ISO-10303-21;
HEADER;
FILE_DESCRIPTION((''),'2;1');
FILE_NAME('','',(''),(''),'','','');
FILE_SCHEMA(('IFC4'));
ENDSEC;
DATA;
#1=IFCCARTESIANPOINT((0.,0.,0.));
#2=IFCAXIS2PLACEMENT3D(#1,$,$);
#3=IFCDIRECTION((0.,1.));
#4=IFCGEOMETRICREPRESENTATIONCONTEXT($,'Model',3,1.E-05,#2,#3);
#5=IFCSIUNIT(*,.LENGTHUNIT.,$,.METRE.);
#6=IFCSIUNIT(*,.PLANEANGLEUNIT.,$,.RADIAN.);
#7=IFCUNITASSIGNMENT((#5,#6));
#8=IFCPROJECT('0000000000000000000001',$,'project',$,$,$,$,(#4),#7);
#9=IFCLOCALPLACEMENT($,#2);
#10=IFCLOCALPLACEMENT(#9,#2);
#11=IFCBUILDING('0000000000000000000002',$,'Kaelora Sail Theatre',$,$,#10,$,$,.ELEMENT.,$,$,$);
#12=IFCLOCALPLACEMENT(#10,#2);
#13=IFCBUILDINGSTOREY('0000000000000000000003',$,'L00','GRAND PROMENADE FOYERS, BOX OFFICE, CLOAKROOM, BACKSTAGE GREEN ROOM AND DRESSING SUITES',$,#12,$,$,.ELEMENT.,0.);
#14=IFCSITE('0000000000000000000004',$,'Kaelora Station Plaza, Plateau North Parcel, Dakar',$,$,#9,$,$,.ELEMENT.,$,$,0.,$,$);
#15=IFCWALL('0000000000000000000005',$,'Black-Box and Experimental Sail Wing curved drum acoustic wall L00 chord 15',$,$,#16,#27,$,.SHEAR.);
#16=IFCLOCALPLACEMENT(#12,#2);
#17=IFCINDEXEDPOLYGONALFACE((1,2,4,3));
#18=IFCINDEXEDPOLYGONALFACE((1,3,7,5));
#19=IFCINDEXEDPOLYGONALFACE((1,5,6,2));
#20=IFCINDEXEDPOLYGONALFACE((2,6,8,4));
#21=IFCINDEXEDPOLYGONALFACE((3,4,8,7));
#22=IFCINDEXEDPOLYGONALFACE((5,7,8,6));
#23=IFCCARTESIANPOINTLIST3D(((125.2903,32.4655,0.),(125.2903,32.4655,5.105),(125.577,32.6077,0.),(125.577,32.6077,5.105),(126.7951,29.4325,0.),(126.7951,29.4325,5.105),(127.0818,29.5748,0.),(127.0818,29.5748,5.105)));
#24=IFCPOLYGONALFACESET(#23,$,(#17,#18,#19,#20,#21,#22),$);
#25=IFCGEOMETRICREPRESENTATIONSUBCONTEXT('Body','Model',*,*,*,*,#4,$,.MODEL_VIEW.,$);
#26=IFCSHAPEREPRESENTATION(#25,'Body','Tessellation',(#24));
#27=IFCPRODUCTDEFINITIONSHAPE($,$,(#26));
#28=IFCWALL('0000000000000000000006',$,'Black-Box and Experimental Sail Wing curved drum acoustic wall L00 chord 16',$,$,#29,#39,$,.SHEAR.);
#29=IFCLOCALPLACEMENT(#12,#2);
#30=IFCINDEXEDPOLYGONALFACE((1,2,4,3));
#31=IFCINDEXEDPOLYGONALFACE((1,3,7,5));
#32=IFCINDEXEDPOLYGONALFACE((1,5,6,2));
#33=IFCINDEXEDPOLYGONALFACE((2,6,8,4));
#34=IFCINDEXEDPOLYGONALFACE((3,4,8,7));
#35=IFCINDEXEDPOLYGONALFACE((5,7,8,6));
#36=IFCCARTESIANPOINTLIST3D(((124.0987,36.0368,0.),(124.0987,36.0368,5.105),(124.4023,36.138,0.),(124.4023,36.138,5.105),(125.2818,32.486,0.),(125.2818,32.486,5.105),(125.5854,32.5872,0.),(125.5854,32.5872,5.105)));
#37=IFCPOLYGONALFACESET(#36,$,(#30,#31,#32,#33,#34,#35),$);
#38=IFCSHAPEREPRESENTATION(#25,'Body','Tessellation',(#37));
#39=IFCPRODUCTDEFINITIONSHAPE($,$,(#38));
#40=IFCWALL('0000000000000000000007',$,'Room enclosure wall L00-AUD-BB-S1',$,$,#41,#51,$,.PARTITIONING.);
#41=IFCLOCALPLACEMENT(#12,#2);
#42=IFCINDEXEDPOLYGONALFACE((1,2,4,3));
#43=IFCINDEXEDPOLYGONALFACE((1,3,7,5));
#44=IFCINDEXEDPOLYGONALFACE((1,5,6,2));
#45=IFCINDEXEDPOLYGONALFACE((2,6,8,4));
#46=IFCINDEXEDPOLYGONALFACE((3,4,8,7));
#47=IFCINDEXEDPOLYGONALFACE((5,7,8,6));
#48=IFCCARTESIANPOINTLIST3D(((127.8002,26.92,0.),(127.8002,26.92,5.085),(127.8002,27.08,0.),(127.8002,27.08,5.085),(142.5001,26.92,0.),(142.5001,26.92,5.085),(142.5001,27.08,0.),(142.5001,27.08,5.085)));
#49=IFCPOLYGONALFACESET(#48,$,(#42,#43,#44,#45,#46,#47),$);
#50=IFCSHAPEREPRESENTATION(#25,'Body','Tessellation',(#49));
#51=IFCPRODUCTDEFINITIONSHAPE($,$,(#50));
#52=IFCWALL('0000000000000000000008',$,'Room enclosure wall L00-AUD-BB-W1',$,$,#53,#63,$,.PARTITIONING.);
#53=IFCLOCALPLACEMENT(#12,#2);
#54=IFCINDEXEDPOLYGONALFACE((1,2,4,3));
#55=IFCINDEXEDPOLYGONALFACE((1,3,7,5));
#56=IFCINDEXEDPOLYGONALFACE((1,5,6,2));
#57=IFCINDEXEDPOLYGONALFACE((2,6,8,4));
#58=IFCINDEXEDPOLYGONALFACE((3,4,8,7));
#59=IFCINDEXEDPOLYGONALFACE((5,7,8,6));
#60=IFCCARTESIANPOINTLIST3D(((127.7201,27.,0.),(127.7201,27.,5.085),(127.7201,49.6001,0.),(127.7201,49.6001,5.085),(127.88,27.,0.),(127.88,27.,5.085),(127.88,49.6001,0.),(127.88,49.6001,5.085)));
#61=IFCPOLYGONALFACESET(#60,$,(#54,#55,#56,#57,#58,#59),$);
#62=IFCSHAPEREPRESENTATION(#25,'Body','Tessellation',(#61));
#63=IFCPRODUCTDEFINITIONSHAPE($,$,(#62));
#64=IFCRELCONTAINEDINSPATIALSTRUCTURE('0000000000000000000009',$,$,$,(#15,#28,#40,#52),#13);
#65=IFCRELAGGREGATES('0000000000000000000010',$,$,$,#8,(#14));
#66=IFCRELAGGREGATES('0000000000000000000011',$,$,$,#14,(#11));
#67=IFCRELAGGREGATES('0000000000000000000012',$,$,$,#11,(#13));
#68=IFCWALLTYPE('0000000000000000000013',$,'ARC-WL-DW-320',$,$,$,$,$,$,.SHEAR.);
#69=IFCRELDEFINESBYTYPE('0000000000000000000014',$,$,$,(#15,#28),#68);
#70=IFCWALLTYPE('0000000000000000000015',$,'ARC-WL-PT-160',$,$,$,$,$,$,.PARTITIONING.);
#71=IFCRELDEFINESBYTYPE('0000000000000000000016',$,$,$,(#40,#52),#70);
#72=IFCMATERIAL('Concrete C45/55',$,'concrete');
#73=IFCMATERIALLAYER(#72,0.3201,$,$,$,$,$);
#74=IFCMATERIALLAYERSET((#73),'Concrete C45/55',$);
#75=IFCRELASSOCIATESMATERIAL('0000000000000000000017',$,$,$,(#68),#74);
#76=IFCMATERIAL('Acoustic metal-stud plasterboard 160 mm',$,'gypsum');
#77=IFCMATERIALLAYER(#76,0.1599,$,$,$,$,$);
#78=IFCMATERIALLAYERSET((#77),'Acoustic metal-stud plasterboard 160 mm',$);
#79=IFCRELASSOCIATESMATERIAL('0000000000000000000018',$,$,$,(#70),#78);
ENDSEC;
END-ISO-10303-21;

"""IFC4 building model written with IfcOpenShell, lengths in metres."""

from ifc_helpers import new_model, si_unit, direction, frame, frame_2d, origin, place, context, subcontext, project, spatial, rectangle, extrude, material, layer, layer_set, type_object, element, save


model = new_model("IFC4")

# Units and contexts
model_context = context("Model", 3, precision=1e-05, world=origin(), true_north=direction((0.0, 1.0)))
body_context = subcontext(model_context, "Body", "Model", "MODEL_VIEW")
ifc_project = project(units=[si_unit("LENGTHUNIT", "METRE"), si_unit("PLANEANGLEUNIT", "RADIAN")], contexts=[model_context])

# Site, building, storey
site_placement = place(None, origin())
site = spatial("IfcSite", under=ifc_project, at=site_placement, Name="Kaelora Station Plaza, Plateau North Parcel, Dakar", CompositionType="ELEMENT", RefElevation=0.0)
building_placement = place(site_placement, origin())
building = spatial("IfcBuilding", under=site, at=building_placement, Name="Kaelora Sail Theatre", CompositionType="ELEMENT")
storey_placement = place(building_placement, origin())
storey = spatial("IfcBuildingStorey", under=building, at=storey_placement, Name="L00", Description="GRAND PROMENADE FOYERS, BOX OFFICE, CLOAKROOM, BACKSTAGE GREEN ROOM AND DRESSING SUITES", CompositionType="ELEMENT", Elevation=0.0)

# Walls
ifc_material_1 = material(Name="Concrete C45/55", Category="concrete")
ifc_layer_1 = layer(ifc_material_1, 0.3201)
ifc_layer_set_1 = layer_set([ifc_layer_1], Name="Concrete C45/55")
wall_type_1 = type_object("IfcWallType", Name="ARC-WL-DW-320", PredefinedType="SHEAR", material=ifc_layer_set_1)
wall_1_placement = place(storey_placement, frame((126.9385, 29.5037, 0.0), z_axis=(0.0, 0.0, 1.0), x_axis=(-0.444471, 0.895793, 0.0)))
element("IfcWall", 1, at=wall_1_placement, inside=storey, type_object=wall_type_1, Name="Black-Box and Experimental Sail Wing curved drum acoustic wall L00 chord 15", PredefinedType="SHEAR", context=body_context, shape_type="SweptSolid", body=[
    extrude(rectangle(XDim=3.3857, YDim=0.3201, at=frame_2d((1.6929, 0.0))), origin(), (0.0, 0.0, 1.0), 5.105),
])
wall_2_placement = place(storey_placement, frame((125.4336, 32.5366, 0.0), z_axis=(0.0, 0.0, 1.0), x_axis=(-0.31611, 0.948722, 0.0)))
element("IfcWall", 2, at=wall_2_placement, inside=storey, type_object=wall_type_1, Name="Black-Box and Experimental Sail Wing curved drum acoustic wall L00 chord 16", PredefinedType="SHEAR", context=body_context, shape_type="SweptSolid", body=[
    extrude(rectangle(XDim=3.7427, YDim=0.3201, at=frame_2d((1.8713, 0.0))), origin(), (0.0, 0.0, 1.0), 5.105),
])
ifc_material_2 = material(Name="Acoustic metal-stud plasterboard 160 mm", Category="gypsum")
ifc_layer_2 = layer(ifc_material_2, 0.1599)
ifc_layer_set_2 = layer_set([ifc_layer_2], Name="Acoustic metal-stud plasterboard 160 mm")
wall_type_2 = type_object("IfcWallType", Name="ARC-WL-PT-160", PredefinedType="PARTITIONING", material=ifc_layer_set_2)
wall_3_placement = place(storey_placement, frame((127.8, 27.0, 0.0), z_axis=(0.0, 0.0, 1.0), x_axis=(1.0, 0.0, 0.0)))
element("IfcWall", 3, at=wall_3_placement, inside=storey, type_object=wall_type_2, Name="Room enclosure wall L00-AUD-BB-S1", PredefinedType="PARTITIONING", context=body_context, shape_type="SweptSolid", body=[
    extrude(rectangle(XDim=14.7, YDim=0.1599, at=frame_2d((7.3501, 0.0))), origin(), (0.0, 0.0, 1.0), 5.085),
])
wall_4_placement = place(storey_placement, frame((127.8, 27.0, 0.0), z_axis=(0.0, 0.0, 1.0), x_axis=(0.0, 1.0, 0.0)))
element("IfcWall", 4, at=wall_4_placement, inside=storey, type_object=wall_type_2, Name="Room enclosure wall L00-AUD-BB-W1", PredefinedType="PARTITIONING", context=body_context, shape_type="SweptSolid", body=[
    extrude(rectangle(XDim=22.6001, YDim=0.1599, at=frame_2d((11.3, 0.0))), origin(), (0.0, 0.0, 1.0), 5.085),
])

save(model, "model.ifc")
